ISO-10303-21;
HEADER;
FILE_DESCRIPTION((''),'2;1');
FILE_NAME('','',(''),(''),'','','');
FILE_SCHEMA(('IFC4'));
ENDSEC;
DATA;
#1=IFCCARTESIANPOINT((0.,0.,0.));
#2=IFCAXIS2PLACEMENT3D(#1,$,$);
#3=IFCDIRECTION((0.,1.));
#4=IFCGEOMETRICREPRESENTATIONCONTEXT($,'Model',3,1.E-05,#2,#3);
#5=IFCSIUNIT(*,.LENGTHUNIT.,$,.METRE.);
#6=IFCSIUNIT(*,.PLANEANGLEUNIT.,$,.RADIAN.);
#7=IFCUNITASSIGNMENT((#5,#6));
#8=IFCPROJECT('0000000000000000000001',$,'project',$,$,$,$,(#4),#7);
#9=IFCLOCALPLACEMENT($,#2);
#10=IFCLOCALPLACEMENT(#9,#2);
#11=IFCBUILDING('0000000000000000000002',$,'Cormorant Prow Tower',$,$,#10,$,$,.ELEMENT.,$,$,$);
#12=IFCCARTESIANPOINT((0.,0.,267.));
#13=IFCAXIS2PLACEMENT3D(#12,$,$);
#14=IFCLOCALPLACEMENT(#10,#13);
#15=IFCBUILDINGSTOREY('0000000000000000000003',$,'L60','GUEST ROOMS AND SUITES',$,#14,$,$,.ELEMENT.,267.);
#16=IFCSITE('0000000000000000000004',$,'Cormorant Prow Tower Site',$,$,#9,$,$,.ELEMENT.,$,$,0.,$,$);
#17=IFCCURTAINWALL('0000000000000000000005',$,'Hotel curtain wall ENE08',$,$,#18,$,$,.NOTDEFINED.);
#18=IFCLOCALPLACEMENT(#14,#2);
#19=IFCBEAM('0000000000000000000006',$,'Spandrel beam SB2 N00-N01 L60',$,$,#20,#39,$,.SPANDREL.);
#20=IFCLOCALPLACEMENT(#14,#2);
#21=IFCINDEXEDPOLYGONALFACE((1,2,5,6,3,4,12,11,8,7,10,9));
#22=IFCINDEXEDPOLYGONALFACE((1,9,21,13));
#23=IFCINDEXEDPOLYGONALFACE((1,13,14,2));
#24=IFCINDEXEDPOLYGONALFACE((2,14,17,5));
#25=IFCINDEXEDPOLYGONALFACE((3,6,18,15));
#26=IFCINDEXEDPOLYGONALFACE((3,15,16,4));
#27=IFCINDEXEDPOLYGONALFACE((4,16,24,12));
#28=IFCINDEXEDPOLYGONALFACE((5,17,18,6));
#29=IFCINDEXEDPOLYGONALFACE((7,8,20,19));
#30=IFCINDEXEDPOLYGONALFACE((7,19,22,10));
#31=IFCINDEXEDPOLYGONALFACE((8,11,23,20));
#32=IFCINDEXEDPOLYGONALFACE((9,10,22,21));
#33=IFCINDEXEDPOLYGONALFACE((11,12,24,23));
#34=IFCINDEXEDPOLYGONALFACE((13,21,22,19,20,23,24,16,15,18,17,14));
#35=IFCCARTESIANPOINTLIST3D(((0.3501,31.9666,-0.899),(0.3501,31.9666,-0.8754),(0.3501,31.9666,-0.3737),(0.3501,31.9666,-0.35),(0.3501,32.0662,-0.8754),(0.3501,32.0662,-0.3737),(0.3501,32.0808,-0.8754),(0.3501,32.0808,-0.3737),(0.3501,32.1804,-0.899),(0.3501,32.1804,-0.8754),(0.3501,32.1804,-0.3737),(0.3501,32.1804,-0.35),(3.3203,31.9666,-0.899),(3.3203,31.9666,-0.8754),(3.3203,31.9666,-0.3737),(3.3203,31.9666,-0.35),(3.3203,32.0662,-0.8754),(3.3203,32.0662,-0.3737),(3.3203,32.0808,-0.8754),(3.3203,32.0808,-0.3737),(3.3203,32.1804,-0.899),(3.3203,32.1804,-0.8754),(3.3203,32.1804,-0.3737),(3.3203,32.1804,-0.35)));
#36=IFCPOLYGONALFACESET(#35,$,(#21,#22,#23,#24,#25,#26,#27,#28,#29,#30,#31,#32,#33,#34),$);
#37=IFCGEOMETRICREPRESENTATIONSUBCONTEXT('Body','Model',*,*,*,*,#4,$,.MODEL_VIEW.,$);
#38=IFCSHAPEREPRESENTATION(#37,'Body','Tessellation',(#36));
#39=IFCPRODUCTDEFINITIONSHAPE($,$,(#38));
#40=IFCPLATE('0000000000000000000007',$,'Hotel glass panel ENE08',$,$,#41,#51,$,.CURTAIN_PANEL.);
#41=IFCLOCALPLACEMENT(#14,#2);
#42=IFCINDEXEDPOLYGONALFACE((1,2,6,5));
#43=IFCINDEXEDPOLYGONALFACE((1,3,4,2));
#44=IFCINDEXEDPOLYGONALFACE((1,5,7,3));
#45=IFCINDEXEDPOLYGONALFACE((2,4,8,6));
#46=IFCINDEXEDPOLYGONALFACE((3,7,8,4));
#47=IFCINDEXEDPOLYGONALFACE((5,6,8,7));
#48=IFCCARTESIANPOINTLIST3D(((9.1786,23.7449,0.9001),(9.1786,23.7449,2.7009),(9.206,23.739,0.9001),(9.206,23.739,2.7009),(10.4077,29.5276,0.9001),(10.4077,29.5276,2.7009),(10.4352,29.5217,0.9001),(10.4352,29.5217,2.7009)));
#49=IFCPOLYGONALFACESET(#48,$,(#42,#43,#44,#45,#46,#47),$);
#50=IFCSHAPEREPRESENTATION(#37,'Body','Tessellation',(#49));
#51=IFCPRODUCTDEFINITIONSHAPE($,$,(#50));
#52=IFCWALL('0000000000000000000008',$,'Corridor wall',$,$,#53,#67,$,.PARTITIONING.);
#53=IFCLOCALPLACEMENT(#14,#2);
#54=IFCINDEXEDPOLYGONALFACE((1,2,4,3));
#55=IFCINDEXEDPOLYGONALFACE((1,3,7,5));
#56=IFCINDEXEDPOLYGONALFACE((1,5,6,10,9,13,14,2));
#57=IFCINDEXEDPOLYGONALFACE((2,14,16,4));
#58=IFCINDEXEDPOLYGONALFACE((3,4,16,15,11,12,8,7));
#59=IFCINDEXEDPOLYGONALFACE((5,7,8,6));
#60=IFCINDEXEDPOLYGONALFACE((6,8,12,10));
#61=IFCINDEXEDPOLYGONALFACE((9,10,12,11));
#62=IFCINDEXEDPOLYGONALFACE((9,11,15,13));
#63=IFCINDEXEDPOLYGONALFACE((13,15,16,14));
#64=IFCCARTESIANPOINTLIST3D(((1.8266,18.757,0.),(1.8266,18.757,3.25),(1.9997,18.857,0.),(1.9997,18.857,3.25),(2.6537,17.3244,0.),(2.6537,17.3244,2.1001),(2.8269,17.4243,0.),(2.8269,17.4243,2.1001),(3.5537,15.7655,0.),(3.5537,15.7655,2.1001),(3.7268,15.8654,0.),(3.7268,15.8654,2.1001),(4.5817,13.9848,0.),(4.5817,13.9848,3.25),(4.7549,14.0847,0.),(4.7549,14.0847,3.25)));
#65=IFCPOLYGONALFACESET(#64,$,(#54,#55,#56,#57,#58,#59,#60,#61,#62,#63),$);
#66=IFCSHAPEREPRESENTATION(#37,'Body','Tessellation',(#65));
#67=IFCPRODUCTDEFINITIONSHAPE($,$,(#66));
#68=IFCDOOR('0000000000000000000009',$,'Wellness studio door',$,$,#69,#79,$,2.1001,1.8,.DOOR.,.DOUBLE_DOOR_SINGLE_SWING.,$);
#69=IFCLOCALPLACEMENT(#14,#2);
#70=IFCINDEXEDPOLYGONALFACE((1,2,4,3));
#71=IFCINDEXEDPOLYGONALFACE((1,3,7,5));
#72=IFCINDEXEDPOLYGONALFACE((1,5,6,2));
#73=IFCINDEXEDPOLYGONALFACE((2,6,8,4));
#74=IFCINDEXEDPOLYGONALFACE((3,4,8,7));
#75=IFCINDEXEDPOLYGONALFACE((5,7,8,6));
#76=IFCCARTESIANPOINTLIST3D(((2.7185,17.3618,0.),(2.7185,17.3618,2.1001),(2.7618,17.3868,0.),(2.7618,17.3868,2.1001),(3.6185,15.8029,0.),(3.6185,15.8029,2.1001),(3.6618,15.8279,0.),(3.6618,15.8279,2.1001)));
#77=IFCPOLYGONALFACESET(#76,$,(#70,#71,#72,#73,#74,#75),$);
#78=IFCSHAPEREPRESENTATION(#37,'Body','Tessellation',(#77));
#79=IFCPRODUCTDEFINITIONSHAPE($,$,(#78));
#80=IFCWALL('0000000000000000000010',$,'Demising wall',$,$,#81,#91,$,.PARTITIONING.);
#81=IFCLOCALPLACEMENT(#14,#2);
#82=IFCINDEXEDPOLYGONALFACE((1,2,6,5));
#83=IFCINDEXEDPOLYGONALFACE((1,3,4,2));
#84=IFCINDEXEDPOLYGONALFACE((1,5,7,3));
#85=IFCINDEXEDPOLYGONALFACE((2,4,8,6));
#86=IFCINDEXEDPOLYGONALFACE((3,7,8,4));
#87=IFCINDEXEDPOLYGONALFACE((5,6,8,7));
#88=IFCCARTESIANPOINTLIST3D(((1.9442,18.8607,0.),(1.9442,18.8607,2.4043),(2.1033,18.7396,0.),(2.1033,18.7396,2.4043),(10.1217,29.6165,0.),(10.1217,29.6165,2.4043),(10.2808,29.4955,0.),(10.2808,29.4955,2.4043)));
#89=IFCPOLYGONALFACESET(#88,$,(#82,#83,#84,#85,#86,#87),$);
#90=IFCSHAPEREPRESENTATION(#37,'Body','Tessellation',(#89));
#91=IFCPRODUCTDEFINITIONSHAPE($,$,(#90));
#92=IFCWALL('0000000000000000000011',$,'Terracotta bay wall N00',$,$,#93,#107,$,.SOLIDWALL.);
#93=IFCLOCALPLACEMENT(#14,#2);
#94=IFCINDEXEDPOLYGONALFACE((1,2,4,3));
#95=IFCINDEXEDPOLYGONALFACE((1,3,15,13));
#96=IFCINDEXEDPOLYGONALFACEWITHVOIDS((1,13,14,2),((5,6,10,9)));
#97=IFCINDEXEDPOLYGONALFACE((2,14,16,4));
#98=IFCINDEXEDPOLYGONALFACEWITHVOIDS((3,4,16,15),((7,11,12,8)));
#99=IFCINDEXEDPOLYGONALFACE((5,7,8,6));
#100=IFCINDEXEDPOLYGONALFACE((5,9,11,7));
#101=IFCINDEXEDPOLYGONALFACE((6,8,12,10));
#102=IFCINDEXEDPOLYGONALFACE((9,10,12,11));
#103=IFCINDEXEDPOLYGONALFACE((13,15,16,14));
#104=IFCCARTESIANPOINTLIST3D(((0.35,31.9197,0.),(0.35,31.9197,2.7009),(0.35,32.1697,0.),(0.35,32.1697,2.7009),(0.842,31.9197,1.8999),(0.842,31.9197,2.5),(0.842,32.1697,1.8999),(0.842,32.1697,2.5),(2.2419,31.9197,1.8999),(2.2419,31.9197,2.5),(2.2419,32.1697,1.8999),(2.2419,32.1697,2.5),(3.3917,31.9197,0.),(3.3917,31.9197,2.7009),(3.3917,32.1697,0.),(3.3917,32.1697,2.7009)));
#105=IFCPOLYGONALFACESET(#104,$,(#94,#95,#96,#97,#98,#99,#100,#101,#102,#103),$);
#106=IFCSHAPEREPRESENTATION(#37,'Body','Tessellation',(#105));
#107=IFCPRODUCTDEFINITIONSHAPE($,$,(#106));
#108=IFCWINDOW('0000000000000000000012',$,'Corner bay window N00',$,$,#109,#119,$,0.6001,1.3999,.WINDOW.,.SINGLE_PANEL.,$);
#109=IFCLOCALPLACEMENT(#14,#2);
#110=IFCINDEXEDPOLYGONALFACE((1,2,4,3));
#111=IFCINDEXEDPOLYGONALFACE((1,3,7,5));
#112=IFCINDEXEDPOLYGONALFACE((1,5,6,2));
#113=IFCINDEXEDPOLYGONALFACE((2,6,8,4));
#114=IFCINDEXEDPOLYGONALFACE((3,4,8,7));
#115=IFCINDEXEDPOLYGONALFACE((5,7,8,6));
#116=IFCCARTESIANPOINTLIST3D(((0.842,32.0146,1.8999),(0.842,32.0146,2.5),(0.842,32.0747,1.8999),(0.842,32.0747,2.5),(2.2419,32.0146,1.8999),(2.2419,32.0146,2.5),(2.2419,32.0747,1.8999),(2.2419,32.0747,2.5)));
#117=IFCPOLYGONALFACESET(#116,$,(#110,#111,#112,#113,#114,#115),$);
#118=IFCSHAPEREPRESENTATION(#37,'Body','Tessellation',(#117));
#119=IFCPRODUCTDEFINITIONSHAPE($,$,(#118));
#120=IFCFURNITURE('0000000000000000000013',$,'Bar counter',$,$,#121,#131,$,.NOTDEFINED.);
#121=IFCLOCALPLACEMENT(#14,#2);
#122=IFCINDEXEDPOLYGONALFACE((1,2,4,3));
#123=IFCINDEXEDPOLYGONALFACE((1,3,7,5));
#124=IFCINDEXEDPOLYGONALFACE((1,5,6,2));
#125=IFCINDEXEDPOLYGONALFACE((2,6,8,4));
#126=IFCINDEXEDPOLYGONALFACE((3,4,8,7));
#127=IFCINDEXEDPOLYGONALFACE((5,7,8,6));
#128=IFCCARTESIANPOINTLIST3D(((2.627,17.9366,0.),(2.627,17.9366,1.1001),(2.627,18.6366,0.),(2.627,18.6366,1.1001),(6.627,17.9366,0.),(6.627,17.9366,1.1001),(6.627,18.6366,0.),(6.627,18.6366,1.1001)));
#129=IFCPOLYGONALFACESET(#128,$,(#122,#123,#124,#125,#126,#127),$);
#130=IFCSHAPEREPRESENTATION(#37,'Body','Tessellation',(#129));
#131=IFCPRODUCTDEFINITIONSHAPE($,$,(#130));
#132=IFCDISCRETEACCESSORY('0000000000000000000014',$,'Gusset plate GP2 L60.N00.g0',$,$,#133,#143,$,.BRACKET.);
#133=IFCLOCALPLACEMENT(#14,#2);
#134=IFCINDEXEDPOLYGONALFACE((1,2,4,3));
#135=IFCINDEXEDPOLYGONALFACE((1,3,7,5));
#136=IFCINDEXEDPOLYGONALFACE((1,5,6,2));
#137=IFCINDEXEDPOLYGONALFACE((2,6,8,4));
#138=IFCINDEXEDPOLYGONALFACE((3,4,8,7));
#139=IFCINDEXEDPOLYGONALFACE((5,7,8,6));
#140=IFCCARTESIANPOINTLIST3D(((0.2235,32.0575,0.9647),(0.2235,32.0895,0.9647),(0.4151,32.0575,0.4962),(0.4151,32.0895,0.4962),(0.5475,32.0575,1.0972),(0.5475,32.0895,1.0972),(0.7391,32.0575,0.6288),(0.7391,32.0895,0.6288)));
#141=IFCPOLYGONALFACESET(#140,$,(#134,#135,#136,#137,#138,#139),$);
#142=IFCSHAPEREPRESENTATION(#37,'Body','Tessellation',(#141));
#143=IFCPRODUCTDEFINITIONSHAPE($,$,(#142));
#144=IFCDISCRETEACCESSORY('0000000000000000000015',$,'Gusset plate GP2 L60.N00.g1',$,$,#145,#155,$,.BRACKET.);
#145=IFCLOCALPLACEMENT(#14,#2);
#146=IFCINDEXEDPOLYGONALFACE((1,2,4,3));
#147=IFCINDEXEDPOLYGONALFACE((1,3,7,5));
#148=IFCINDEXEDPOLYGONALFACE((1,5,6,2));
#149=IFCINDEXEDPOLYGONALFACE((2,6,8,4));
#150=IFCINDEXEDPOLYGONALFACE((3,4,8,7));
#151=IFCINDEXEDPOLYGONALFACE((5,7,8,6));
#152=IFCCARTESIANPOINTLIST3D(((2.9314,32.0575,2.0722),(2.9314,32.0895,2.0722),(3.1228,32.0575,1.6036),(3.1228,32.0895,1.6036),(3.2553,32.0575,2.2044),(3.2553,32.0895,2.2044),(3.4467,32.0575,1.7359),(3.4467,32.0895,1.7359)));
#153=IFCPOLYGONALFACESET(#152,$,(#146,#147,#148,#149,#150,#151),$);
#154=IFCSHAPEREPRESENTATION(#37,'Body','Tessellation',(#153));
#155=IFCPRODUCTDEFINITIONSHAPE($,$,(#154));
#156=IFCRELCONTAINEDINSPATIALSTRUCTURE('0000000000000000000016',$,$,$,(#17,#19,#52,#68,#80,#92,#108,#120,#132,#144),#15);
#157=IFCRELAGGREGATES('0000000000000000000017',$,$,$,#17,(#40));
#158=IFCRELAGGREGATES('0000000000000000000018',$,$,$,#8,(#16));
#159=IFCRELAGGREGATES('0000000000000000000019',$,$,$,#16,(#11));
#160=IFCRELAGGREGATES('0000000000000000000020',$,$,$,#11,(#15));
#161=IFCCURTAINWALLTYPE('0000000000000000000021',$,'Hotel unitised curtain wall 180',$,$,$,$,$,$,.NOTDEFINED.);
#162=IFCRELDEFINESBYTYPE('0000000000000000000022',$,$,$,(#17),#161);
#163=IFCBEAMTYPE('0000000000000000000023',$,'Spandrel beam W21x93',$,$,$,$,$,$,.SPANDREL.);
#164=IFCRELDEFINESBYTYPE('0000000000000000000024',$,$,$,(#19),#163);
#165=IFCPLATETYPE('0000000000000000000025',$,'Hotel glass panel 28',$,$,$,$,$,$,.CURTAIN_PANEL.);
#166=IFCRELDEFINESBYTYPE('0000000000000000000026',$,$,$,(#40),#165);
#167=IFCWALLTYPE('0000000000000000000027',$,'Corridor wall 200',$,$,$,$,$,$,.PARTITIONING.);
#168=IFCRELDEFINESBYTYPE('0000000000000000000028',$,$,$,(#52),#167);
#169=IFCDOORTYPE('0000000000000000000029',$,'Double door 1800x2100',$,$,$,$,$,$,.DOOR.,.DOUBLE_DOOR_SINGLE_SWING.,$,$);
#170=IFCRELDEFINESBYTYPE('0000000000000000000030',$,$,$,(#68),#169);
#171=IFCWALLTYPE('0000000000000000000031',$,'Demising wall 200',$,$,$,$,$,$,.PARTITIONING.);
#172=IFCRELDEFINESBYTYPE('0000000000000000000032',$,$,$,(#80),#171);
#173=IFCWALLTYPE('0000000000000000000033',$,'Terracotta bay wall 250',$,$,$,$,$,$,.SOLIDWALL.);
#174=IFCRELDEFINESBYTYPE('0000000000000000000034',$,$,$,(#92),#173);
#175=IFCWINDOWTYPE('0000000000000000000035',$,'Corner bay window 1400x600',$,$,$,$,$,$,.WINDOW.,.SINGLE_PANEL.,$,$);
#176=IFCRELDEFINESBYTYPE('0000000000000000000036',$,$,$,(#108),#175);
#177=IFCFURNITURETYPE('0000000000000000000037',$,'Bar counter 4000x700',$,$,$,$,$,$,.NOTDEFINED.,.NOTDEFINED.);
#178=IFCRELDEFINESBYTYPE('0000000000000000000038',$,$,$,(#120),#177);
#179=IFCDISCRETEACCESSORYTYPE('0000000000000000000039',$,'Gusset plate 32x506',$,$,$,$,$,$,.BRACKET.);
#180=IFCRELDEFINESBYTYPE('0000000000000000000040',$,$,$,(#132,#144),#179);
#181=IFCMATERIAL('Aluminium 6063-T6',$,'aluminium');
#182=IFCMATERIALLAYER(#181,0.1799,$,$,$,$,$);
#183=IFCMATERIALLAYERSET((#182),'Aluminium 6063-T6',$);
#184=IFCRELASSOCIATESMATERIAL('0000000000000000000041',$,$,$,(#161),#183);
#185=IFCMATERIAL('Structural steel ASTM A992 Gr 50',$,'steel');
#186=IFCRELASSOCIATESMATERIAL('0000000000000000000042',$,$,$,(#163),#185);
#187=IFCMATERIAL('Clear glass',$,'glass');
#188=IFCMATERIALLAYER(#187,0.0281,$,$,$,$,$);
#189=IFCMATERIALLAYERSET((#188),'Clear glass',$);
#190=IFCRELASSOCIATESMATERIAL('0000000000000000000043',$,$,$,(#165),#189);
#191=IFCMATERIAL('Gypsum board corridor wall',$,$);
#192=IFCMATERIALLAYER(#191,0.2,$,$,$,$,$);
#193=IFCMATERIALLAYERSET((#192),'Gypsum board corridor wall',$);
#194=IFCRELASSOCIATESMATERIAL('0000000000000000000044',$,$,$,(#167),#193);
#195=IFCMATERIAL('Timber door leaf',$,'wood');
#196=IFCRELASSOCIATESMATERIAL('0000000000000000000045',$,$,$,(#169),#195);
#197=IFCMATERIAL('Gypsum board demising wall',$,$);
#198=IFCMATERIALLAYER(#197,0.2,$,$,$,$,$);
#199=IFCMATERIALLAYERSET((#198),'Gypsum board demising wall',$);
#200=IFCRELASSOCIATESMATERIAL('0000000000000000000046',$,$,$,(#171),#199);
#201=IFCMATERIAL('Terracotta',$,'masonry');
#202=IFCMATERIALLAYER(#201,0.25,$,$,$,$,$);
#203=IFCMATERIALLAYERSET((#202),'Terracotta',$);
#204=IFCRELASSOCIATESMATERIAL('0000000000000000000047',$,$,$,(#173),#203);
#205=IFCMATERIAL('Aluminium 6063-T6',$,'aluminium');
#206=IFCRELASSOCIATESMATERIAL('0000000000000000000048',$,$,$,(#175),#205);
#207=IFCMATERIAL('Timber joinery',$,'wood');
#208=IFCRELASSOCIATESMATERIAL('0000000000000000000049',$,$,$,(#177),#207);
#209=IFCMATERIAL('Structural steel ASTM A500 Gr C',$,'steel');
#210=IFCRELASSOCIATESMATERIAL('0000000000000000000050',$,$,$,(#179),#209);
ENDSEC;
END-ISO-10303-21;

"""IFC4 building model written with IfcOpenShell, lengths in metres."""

from ifc_helpers import new_model, si_unit, direction, frame, frame_2d, origin, origin_2d, place, context, subcontext, project, spatial, rectangle, i_section, extrude, material, layer, layer_set, material_profile, profile_set, type_object, element, fill, aggregate, save


model = new_model("IFC4")

# Units and contexts
model_context = context("Model", 3, precision=1e-05, world=origin(), true_north=direction((0.0, 1.0)))
body_context = subcontext(model_context, "Body", "Model", "MODEL_VIEW")
ifc_project = project(units=[si_unit("LENGTHUNIT", "METRE"), si_unit("PLANEANGLEUNIT", "RADIAN")], contexts=[model_context])

# Site, building, storey
site_placement = place(None, origin())
site = spatial("IfcSite", under=ifc_project, at=site_placement, Name="Cormorant Prow Tower Site", CompositionType="ELEMENT", RefElevation=0.0)
building_placement = place(site_placement, origin())
building = spatial("IfcBuilding", under=site, at=building_placement, Name="Cormorant Prow Tower", CompositionType="ELEMENT")
storey_placement = place(building_placement, frame((0.0, 0.0, 267.0)))
storey = spatial("IfcBuildingStorey", under=building, at=storey_placement, Name="L60", Description="GUEST ROOMS AND SUITES", CompositionType="ELEMENT", Elevation=267.0)

# Curtain wall
ifc_material_1 = material(Name="Aluminium 6063-T6", Category="aluminium")
ifc_layer_1 = layer(ifc_material_1, 0.1799)
ifc_layer_set_1 = layer_set([ifc_layer_1], Name="Aluminium 6063-T6")
curtain_wall_type = type_object("IfcCurtainWallType", Name="Hotel unitised curtain wall 180", PredefinedType="NOTDEFINED", material=ifc_layer_set_1)
curtain_wall_placement = place(storey_placement, origin())
curtain_wall = element("IfcCurtainWall", 1, at=curtain_wall_placement, inside=storey, type_object=curtain_wall_type, Name="Hotel curtain wall ENE08", PredefinedType="NOTDEFINED")

# Beam
ifc_material_2 = material(Name="Structural steel ASTM A992 Gr 50", Category="steel")
ifc_material_profile_1 = material_profile(ifc_material_2, i_section(OverallWidth=0.2139, OverallDepth=0.5491, WebThickness=0.0146, FlangeThickness=0.0237, at=origin_2d()), Name="W21x93")
ifc_profile_set_1 = profile_set([ifc_material_profile_1], Name="Structural steel ASTM A992 Gr 50")
beam_type = type_object("IfcBeamType", Name="Spandrel beam W21x93", PredefinedType="SPANDREL", material=ifc_profile_set_1)
beam_1_placement = place(storey_placement, frame((3.3203, 32.0735, -0.6245), z_axis=(-1.0, 0.0, 0.0), x_axis=(0.0, -1.0, 0.0)))
element("IfcBeam", 2, at=beam_1_placement, inside=storey, type_object=beam_type, Name="Spandrel beam SB2 N00-N01 L60", PredefinedType="SPANDREL", context=body_context, shape_type="SweptSolid", body=[
    extrude(i_section(OverallWidth=0.2139, OverallDepth=0.5491, WebThickness=0.0146, FlangeThickness=0.0237, at=origin_2d()), origin(), (0.0, 0.0, 1.0), 2.9702),
])

# Plate
ifc_material_3 = material(Name="Clear glass", Category="glass")
ifc_layer_2 = layer(ifc_material_3, 0.0281)
ifc_layer_set_2 = layer_set([ifc_layer_2], Name="Clear glass")
plate_type = type_object("IfcPlateType", Name="Hotel glass panel 28", PredefinedType="CURTAIN_PANEL", material=ifc_layer_set_2)
plate_placement = place(storey_placement, frame((9.8069, 26.6333, 0.9001), z_axis=(0.0, 0.0, 1.0), x_axis=(0.207912, 0.978148, 0.0)))
plate = element("IfcPlate", 3, at=plate_placement, type_object=plate_type, Name="Hotel glass panel ENE08", PredefinedType="CURTAIN_PANEL", context=body_context, shape_type="SweptSolid", body=[
    extrude(rectangle(XDim=5.9119, YDim=0.0281, at=origin_2d()), origin(), (0.0, 0.0, 1.0), 1.8008),
])
aggregate(curtain_wall, [plate])

# Wall, opening, door
ifc_material_4 = material(Name="Gypsum board corridor wall")
ifc_layer_3 = layer(ifc_material_4, 0.2)
ifc_layer_set_3 = layer_set([ifc_layer_3], Name="Gypsum board corridor wall")
wall_type_1 = type_object("IfcWallType", Name="Corridor wall 200", PredefinedType="PARTITIONING", material=ifc_layer_set_3)
wall_1_placement = place(storey_placement, frame((1.9131, 18.8071, 0.0), z_axis=(0.0, 0.0, 1.0), x_axis=(0.499985, -0.866034, 0.0)))
wall_1 = element("IfcWall", 4, at=wall_1_placement, inside=storey, type_object=wall_type_1, Name="Corridor wall", PredefinedType="PARTITIONING", context=body_context, shape_type="SweptSolid", body=[
    extrude(rectangle(XDim=5.5105, YDim=0.2, at=frame_2d((2.7554, 0.0))), origin(), (0.0, 0.0, 1.0), 3.25),
])
opening_1_placement = place(wall_1_placement, frame((1.6545, 0.0, 0.0)))
opening_1 = element("IfcOpeningElement", 5, at=opening_1_placement, cuts=wall_1, PredefinedType="OPENING", context=body_context, shape_type="SweptSolid", body=[
    extrude(rectangle(XDim=1.8, YDim=2.1001, at=frame_2d((0.8999, 1.05))), frame((0.0, 0.1099, 0.0), z_axis=(0.0, -1.0, 0.0), x_axis=(1.0, 0.0, 0.0)), (0.0, 0.0, 1.0), 0.22),
])
ifc_material_5 = material(Name="Timber door leaf", Category="wood")
door_type_1 = type_object("IfcDoorType", Name="Double door 1800x2100", OperationType="DOUBLE_DOOR_SINGLE_SWING", PredefinedType="DOOR", material=ifc_material_5)
door_1_placement = place(opening_1_placement, origin())
door_1 = element("IfcDoor", 6, at=door_1_placement, inside=storey, type_object=door_type_1, Name="Wellness studio door", OperationType="DOUBLE_DOOR_SINGLE_SWING", OverallHeight=2.1001, OverallWidth=1.8, PredefinedType="DOOR", context=body_context, shape_type="SweptSolid", body=[
    extrude(rectangle(XDim=1.8, YDim=2.1001, at=frame_2d((0.8999, 1.05))), frame((0.0, 0.0249, 0.0), z_axis=(0.0, -1.0, 0.0), x_axis=(1.0, 0.0, 0.0)), (0.0, 0.0, 1.0), 0.05),
])
fill(opening_1, door_1)

# Wall
ifc_material_6 = material(Name="Gypsum board demising wall")
ifc_layer_4 = layer(ifc_material_6, 0.2)
ifc_layer_set_4 = layer_set([ifc_layer_4], Name="Gypsum board demising wall")
wall_type_2 = type_object("IfcWallType", Name="Demising wall 200", PredefinedType="PARTITIONING", material=ifc_layer_set_4)
wall_2_placement = place(storey_placement, frame((2.0237, 18.8, 0.0), z_axis=(0.0, 0.0, 1.0), x_axis=(0.605226, 0.796054, 0.0)))
element("IfcWall", 7, at=wall_2_placement, inside=storey, type_object=wall_type_2, Name="Demising wall", PredefinedType="PARTITIONING", context=body_context, shape_type="SweptSolid", body=[
    extrude(rectangle(XDim=13.5115, YDim=0.2, at=frame_2d((6.7559, 0.0))), origin(), (0.0, 0.0, 1.0), 2.4043),
])

# Wall, opening, window
ifc_material_7 = material(Name="Terracotta", Category="masonry")
ifc_layer_5 = layer(ifc_material_7, 0.25)
ifc_layer_set_5 = layer_set([ifc_layer_5], Name="Terracotta")
wall_type_3 = type_object("IfcWallType", Name="Terracotta bay wall 250", PredefinedType="SOLIDWALL", material=ifc_layer_set_5)
wall_3_placement = place(storey_placement, frame((3.3918, 32.0447, 0.0), z_axis=(0.0, 0.0, 1.0), x_axis=(-1.0, 0.0, 0.0)))
wall_3 = element("IfcWall", 8, at=wall_3_placement, inside=storey, type_object=wall_type_3, Name="Terracotta bay wall N00", PredefinedType="SOLIDWALL", context=body_context, shape_type="SweptSolid", body=[
    extrude(rectangle(XDim=3.0417, YDim=0.25, at=frame_2d((1.521, 0.0))), origin(), (0.0, 0.0, 1.0), 2.7009),
])
opening_2_placement = place(wall_3_placement, frame((1.1499, 0.0, 1.8999)))
opening_2 = element("IfcOpeningElement", 9, at=opening_2_placement, cuts=wall_3, PredefinedType="OPENING", context=body_context, shape_type="SweptSolid", body=[
    extrude(rectangle(XDim=1.3999, YDim=0.6001, at=frame_2d((0.7, 0.3))), frame((0.0, 0.135, 0.0), z_axis=(0.0, -1.0, 0.0), x_axis=(1.0, 0.0, 0.0)), (0.0, 0.0, 1.0), 0.27),
])
ifc_material_8 = material(Name="Aluminium 6063-T6", Category="aluminium")
window_type = type_object("IfcWindowType", Name="Corner bay window 1400x600", PartitioningType="SINGLE_PANEL", PredefinedType="WINDOW", material=ifc_material_8)
window_placement = place(opening_2_placement, origin())
window = element("IfcWindow", 10, at=window_placement, inside=storey, type_object=window_type, Name="Corner bay window N00", OverallHeight=0.6001, OverallWidth=1.3999, PartitioningType="SINGLE_PANEL", PredefinedType="WINDOW", context=body_context, shape_type="SweptSolid", body=[
    extrude(rectangle(XDim=1.3999, YDim=0.6001, at=frame_2d((0.7, 0.3))), frame((0.0, 0.03, 0.0), z_axis=(0.0, -1.0, 0.0), x_axis=(1.0, 0.0, 0.0)), (0.0, 0.0, 1.0), 0.0601),
])
fill(opening_2, window)

# Furniture
ifc_material_9 = material(Name="Timber joinery", Category="wood")
furniture_type = type_object("IfcFurnitureType", Name="Bar counter 4000x700", AssemblyPlace="NOTDEFINED", PredefinedType="NOTDEFINED", material=ifc_material_9)
furniture_placement = place(storey_placement, frame((4.627, 18.2866, 0.0), z_axis=(0.0, 0.0, 1.0), x_axis=(1.0, 0.0, 0.0)))
element("IfcFurniture", 11, at=furniture_placement, inside=storey, type_object=furniture_type, Name="Bar counter", PredefinedType="NOTDEFINED", context=body_context, shape_type="SweptSolid", body=[
    extrude(rectangle(XDim=4.0, YDim=0.7, at=origin_2d()), origin(), (0.0, 0.0, 1.0), 1.1001),
])

# Discrete accessories
ifc_material_10 = material(Name="Structural steel ASTM A500 Gr C", Category="steel")
ifc_material_profile_2 = material_profile(ifc_material_10, rectangle(XDim=0.032, YDim=0.5061, at=origin_2d()), Name="Gusset plate 32x506")
ifc_profile_set_2 = profile_set([ifc_material_profile_2], Name="Structural steel ASTM A500 Gr C")
discrete_accessory_type = type_object("IfcDiscreteAccessoryType", Name="Gusset plate 32x506", PredefinedType="BRACKET", material=ifc_profile_set_2)
discrete_accessory_1_placement = place(storey_placement, frame((0.6433, 32.0735, 0.863), z_axis=(-0.925514, 0.0, -0.378714), x_axis=(0.0, -1.0, 0.0)))
element("IfcDiscreteAccessory", 12, at=discrete_accessory_1_placement, inside=storey, type_object=discrete_accessory_type, Name="Gusset plate GP2 L60.N00.g0", PredefinedType="BRACKET", context=body_context, shape_type="SweptSolid", body=[
    extrude(rectangle(XDim=0.032, YDim=0.5061, at=origin_2d()), origin(), (0.0, 0.0, 1.0), 0.3501),
])
discrete_accessory_2_placement = place(storey_placement, frame((3.0271, 32.0735, 1.8379), z_axis=(0.925758, 0.0, 0.378117), x_axis=(0.0, 1.0, 0.0)))
element("IfcDiscreteAccessory", 13, at=discrete_accessory_2_placement, inside=storey, type_object=discrete_accessory_type, Name="Gusset plate GP2 L60.N00.g1", PredefinedType="BRACKET", context=body_context, shape_type="SweptSolid", body=[
    extrude(rectangle(XDim=0.032, YDim=0.5061, at=origin_2d()), origin(), (0.0, 0.0, 1.0), 0.3499),
])

save(model, "model.ifc")
